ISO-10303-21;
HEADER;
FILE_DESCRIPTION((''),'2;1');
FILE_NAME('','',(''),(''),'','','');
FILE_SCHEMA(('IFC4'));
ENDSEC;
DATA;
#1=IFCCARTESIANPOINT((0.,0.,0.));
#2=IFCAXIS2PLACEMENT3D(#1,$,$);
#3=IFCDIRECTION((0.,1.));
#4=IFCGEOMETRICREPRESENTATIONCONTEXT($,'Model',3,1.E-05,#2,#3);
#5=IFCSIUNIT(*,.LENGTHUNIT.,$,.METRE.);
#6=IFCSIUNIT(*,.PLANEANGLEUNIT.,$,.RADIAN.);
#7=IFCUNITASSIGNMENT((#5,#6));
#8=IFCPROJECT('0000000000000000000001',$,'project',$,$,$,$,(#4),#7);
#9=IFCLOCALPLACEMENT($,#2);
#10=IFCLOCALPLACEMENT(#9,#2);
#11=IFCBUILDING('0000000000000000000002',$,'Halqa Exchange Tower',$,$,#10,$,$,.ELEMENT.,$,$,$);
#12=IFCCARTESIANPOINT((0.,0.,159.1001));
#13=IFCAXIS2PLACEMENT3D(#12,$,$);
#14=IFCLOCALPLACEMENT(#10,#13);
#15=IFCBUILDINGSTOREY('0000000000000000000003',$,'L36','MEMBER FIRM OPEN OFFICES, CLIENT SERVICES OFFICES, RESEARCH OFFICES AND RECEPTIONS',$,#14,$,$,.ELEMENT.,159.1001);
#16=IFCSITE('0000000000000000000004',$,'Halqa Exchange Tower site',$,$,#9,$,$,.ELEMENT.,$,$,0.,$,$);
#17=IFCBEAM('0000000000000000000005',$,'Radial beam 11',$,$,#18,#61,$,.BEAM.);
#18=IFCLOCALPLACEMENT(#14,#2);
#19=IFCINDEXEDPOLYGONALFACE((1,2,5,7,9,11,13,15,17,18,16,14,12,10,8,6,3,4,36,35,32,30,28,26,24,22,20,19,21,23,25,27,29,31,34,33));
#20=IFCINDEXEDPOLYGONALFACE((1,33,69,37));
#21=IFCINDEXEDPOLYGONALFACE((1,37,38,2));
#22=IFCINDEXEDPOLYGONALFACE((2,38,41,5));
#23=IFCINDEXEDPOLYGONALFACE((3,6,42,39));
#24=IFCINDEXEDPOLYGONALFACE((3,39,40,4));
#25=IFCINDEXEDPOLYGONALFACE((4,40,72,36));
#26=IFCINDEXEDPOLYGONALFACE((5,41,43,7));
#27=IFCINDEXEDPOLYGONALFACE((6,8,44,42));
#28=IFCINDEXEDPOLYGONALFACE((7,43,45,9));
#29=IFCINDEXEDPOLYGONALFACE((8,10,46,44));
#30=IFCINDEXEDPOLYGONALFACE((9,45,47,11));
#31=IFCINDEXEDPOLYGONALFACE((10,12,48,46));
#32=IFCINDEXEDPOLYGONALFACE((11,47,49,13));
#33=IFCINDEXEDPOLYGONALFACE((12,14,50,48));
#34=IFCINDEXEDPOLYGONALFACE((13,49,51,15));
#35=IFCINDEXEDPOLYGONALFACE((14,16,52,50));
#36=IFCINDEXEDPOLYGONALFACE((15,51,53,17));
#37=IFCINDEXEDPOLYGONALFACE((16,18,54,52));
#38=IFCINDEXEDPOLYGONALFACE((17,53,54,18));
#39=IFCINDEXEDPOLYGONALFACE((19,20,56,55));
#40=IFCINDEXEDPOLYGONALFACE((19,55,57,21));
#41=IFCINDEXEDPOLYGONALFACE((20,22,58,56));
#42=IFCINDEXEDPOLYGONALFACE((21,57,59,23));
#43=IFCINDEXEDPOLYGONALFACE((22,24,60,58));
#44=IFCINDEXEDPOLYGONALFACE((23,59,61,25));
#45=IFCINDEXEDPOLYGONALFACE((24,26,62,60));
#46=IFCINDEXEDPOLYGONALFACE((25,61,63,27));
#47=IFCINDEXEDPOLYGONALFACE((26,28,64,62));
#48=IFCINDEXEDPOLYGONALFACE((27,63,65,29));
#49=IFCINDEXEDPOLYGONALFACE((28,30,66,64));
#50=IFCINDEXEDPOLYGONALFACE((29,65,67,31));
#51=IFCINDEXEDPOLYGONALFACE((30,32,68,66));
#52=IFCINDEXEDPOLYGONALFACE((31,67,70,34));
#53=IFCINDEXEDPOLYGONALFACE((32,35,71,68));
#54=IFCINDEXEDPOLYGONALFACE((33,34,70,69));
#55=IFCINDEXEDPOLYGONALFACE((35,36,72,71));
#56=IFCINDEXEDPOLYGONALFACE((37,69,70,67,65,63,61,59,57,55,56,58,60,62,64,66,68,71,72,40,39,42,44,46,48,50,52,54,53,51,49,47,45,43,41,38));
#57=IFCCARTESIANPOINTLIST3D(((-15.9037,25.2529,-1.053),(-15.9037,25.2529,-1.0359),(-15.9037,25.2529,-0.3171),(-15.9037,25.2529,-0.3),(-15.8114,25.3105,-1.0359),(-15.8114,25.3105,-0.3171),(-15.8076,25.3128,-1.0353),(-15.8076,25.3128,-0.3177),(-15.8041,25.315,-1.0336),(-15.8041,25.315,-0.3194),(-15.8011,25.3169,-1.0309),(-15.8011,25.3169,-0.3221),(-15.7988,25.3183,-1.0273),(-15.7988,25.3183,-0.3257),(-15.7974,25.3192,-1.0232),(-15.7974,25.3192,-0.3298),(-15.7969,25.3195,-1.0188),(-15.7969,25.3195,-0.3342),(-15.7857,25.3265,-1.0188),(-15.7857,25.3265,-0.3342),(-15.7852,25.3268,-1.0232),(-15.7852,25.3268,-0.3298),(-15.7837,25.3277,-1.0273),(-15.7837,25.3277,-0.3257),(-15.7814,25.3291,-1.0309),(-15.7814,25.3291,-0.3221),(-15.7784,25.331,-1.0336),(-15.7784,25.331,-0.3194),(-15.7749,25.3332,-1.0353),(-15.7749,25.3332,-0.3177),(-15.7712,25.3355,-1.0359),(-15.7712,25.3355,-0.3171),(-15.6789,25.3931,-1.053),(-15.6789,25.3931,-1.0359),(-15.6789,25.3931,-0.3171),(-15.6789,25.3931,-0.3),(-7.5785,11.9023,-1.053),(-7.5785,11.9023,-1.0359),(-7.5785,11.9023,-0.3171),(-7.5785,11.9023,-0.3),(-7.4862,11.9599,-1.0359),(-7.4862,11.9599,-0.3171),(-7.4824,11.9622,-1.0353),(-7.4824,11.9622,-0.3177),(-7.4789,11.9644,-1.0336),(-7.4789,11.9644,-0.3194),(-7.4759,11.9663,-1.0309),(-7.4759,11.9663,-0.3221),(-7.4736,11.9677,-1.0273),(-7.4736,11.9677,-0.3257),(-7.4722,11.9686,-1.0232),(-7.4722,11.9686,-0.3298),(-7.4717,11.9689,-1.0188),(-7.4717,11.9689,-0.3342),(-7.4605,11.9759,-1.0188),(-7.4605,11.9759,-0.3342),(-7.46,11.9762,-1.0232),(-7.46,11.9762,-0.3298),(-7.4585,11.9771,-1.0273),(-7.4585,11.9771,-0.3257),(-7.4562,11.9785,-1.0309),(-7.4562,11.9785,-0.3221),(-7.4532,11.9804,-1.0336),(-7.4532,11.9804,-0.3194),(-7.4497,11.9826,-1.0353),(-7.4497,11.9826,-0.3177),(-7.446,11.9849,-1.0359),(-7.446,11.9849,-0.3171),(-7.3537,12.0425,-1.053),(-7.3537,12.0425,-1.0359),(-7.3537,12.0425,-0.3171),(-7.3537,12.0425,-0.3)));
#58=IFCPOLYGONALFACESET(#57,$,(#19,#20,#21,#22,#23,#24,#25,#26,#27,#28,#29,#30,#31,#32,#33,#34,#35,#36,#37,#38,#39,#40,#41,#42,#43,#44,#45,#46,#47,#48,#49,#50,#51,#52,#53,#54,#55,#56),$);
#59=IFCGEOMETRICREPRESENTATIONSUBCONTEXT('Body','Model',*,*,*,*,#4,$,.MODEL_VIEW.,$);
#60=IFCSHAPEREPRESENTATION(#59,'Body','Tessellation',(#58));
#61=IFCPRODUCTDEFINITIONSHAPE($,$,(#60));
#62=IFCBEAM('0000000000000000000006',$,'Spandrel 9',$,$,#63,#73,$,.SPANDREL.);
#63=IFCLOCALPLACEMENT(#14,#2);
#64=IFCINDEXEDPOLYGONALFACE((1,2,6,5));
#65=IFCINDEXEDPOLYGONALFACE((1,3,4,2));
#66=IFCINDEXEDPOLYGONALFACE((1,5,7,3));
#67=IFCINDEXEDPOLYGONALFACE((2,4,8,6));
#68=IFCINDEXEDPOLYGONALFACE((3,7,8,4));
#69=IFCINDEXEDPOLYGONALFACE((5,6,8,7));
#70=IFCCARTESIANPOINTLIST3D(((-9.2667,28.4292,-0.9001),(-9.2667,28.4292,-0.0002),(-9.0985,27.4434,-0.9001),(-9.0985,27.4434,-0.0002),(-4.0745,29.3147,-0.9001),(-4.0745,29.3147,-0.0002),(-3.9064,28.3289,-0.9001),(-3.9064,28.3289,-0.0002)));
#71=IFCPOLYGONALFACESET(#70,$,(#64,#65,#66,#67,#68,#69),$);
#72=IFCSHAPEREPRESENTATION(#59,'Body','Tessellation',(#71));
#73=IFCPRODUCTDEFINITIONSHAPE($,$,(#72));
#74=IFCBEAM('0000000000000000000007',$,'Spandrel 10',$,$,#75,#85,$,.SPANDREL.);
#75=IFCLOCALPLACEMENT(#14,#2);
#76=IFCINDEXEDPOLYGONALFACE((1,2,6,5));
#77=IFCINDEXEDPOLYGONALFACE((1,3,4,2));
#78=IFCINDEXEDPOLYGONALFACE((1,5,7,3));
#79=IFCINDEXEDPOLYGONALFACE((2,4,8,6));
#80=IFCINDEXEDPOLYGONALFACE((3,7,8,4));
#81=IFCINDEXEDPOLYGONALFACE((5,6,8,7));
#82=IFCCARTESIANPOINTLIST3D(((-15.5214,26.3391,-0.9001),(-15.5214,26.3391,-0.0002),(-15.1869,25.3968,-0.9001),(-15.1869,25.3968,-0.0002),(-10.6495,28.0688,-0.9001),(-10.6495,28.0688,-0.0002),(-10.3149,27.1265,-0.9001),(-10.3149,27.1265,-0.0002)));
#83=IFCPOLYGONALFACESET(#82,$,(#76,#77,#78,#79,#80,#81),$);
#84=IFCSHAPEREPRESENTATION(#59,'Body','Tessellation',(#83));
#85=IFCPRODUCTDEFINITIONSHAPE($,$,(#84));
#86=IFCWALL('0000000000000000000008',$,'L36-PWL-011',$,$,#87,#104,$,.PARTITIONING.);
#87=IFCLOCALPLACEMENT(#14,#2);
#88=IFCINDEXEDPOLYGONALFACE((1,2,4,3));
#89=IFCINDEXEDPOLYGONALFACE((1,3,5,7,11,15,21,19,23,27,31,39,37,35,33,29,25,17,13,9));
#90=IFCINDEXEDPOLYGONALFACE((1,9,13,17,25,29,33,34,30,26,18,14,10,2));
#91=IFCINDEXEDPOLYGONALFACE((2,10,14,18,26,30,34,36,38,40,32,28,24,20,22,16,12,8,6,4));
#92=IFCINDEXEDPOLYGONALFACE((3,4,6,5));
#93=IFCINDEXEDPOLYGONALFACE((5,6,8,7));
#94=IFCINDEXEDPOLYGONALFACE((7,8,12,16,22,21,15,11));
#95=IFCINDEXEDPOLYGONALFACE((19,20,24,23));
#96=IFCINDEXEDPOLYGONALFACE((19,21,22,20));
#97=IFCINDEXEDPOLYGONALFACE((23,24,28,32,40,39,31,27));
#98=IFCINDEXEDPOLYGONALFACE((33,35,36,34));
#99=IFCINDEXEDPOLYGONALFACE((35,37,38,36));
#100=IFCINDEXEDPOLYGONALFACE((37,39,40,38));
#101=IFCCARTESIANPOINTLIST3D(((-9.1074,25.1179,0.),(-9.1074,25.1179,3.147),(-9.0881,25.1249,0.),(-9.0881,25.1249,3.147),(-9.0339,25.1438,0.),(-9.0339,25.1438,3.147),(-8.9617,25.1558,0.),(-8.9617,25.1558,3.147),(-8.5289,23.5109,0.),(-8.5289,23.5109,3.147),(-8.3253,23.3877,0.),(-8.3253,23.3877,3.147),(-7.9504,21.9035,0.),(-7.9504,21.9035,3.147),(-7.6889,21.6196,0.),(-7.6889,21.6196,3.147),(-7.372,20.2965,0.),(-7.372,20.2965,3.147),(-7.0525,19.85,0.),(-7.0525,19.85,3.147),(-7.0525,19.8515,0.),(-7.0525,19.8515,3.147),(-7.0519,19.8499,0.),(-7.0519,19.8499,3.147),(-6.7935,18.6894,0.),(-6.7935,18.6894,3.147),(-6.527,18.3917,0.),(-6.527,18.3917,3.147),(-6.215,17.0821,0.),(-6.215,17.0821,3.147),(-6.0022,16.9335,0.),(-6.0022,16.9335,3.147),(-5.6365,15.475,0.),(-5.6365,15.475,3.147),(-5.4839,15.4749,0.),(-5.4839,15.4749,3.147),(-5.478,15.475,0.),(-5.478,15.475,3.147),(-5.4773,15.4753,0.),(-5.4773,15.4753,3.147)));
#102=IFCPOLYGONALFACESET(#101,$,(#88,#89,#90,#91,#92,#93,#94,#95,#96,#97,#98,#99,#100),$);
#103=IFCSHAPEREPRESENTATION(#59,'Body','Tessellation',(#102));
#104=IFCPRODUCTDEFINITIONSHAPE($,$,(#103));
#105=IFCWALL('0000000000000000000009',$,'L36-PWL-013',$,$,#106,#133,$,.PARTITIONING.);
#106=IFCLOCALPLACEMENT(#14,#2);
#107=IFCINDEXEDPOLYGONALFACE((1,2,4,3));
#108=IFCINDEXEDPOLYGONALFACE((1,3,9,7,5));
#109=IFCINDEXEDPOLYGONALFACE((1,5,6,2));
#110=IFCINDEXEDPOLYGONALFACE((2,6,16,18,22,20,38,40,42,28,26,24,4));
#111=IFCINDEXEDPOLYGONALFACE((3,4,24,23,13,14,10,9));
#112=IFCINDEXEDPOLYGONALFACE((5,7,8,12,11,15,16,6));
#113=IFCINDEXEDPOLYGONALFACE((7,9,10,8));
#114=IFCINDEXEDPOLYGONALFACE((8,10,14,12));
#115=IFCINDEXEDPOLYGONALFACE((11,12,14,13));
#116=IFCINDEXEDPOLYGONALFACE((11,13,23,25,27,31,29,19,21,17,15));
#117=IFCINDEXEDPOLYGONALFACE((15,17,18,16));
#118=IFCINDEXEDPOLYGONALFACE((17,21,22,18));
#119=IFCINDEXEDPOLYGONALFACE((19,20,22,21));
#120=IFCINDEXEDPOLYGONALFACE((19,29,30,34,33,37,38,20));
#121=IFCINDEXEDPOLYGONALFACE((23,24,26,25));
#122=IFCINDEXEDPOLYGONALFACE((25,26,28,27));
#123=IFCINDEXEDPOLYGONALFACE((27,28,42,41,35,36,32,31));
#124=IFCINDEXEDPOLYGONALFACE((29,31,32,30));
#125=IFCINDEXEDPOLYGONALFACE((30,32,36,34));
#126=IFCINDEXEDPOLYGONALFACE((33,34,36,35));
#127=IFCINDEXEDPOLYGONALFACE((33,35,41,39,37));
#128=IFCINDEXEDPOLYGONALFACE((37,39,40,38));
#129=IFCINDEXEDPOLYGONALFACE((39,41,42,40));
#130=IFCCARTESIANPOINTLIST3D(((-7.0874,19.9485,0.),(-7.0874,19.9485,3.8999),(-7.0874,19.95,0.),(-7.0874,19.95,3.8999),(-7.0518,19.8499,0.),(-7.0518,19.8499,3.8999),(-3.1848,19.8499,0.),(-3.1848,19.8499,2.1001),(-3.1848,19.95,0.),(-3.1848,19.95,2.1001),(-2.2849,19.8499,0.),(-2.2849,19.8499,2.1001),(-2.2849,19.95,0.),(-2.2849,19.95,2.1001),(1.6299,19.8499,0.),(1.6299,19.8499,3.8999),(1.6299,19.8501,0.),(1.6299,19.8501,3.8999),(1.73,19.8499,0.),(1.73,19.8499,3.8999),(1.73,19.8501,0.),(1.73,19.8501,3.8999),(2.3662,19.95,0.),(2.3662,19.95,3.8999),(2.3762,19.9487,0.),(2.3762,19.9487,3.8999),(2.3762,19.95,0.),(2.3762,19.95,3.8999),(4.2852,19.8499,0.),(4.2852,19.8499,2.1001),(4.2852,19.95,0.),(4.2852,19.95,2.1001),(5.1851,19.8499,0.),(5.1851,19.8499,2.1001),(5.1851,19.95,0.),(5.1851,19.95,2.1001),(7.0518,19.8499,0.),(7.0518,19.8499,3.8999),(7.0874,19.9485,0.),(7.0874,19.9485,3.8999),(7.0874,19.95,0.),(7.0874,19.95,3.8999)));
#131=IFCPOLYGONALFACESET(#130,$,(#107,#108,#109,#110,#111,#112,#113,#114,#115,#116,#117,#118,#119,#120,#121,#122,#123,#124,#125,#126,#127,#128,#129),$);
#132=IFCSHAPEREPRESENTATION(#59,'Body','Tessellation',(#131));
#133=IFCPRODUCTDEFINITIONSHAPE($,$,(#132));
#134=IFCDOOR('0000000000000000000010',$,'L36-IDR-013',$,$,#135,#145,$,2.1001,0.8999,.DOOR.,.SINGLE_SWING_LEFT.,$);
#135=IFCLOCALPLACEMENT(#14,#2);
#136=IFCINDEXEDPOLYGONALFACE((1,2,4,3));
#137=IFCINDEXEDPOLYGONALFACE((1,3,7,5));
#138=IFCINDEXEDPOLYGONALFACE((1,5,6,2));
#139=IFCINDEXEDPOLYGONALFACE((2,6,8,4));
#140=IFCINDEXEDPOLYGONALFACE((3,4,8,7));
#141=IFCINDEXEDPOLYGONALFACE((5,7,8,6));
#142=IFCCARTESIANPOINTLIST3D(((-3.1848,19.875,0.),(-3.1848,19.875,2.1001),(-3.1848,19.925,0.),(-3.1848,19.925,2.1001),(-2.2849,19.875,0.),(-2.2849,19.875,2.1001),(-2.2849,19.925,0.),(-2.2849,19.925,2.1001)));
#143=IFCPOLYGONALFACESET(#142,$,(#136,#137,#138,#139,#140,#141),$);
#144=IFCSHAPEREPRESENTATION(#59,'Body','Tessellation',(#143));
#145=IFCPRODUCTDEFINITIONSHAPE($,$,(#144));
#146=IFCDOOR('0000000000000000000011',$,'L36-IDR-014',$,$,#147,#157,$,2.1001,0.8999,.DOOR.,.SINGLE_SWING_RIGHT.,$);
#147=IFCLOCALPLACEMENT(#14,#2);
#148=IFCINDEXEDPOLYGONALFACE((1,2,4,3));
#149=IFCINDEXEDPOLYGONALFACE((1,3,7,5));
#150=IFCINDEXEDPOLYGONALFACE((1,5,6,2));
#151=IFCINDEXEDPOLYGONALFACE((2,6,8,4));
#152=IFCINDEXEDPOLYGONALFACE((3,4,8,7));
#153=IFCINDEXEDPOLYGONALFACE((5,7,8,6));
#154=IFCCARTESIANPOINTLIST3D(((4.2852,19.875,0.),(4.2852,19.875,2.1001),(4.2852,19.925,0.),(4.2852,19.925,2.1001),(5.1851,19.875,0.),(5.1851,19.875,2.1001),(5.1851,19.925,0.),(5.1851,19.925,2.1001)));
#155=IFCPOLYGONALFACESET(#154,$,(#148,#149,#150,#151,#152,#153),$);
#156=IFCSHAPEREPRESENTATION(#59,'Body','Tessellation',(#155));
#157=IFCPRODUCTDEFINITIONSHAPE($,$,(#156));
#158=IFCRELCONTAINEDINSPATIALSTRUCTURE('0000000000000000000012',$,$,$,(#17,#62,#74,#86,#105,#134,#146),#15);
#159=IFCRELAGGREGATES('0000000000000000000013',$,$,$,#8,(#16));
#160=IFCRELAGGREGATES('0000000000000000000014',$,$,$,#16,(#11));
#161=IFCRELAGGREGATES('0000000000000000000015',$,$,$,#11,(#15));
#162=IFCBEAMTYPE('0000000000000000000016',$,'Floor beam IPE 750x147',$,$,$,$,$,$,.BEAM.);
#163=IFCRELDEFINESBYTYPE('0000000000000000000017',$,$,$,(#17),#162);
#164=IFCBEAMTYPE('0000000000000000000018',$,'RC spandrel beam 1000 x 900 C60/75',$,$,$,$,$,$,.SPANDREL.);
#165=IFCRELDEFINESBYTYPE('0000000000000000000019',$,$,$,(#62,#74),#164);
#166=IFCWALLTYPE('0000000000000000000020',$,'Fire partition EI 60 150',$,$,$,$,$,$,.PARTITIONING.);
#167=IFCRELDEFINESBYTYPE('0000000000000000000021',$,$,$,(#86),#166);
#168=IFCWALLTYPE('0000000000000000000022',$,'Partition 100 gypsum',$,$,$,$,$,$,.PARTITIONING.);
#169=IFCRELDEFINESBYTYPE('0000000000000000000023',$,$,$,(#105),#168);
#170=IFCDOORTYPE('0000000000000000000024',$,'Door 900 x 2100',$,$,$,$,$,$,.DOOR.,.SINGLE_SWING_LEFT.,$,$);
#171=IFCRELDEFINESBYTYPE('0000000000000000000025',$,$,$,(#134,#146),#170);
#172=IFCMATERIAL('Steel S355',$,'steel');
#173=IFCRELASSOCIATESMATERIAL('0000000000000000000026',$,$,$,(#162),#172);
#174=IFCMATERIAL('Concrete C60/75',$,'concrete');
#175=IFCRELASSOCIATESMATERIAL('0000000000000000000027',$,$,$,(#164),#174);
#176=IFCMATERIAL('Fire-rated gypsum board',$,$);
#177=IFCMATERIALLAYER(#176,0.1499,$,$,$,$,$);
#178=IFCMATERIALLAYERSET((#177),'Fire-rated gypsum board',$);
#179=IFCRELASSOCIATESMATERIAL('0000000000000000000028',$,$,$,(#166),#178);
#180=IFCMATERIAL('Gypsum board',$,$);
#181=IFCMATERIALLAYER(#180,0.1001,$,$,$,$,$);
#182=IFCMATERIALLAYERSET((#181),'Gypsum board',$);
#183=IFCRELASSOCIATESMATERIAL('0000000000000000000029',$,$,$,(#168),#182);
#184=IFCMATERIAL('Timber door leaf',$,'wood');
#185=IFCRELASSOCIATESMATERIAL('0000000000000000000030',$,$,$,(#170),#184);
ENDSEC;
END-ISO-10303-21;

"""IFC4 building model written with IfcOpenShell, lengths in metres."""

from ifc_helpers import new_model, si_unit, direction, frame, frame_2d, origin, origin_2d, place, context, subcontext, project, spatial, polyline, rectangle, i_section, outline, extrude, material, layer, layer_set, material_profile, profile_set, type_object, element, fill, save


model = new_model("IFC4")

# Units and contexts
model_context = context("Model", 3, precision=1e-05, world=origin(), true_north=direction((0.0, 1.0)))
body_context = subcontext(model_context, "Body", "Model", "MODEL_VIEW")
ifc_project = project(units=[si_unit("LENGTHUNIT", "METRE"), si_unit("PLANEANGLEUNIT", "RADIAN")], contexts=[model_context])

# Site, building, storey
site_placement = place(None, origin())
site = spatial("IfcSite", under=ifc_project, at=site_placement, Name="Halqa Exchange Tower site", CompositionType="ELEMENT", RefElevation=0.0)
building_placement = place(site_placement, origin())
building = spatial("IfcBuilding", under=site, at=building_placement, Name="Halqa Exchange Tower", CompositionType="ELEMENT")
storey_placement = place(building_placement, frame((0.0, 0.0, 159.1001)))
storey = spatial("IfcBuildingStorey", under=building, at=storey_placement, Name="L36", Description="MEMBER FIRM OPEN OFFICES, CLIENT SERVICES OFFICES, RESEARCH OFFICES AND RECEPTIONS", CompositionType="ELEMENT", Elevation=159.1001)

# Beams
ifc_material_1 = material(Name="Steel S355", Category="steel")
ifc_material_profile_1 = material_profile(ifc_material_1, i_section(OverallWidth=0.2649, OverallDepth=0.7529, WebThickness=0.0132, FlangeThickness=0.0171, FilletRadius=0.0171, at=origin_2d()), Name="IPE 750x147")
ifc_profile_set_1 = profile_set([ifc_material_profile_1], Name="Steel S355")
beam_type_1 = type_object("IfcBeamType", Name="Floor beam IPE 750x147", PredefinedType="BEAM", material=ifc_profile_set_1)
beam_1_placement = place(storey_placement, frame((-7.4661, 11.9724, -0.6765), z_axis=(-0.529134, 0.848538, 0.0), x_axis=(-0.848538, -0.529134, 0.0)))
element("IfcBeam", 1, at=beam_1_placement, inside=storey, type_object=beam_type_1, Name="Radial beam 11", PredefinedType="BEAM", context=body_context, shape_type="SweptSolid", body=[
    extrude(i_section(OverallWidth=0.2649, OverallDepth=0.7529, WebThickness=0.0132, FlangeThickness=0.0171, FilletRadius=0.0171, at=origin_2d()), origin(), (0.0, 0.0, 1.0), 15.7336),
])
ifc_material_2 = material(Name="Concrete C60/75", Category="concrete")
ifc_material_profile_2 = material_profile(ifc_material_2, rectangle(XDim=1.0, YDim=0.8999, at=origin_2d()), Name="1000 x 900")
ifc_profile_set_2 = profile_set([ifc_material_profile_2], Name="Concrete C60/75")
beam_type_2 = type_object("IfcBeamType", Name="RC spandrel beam 1000 x 900 C60/75", PredefinedType="SPANDREL", material=ifc_profile_set_2)
beam_2_placement = place(storey_placement, frame((-3.9905, 28.8218, -0.4502), z_axis=(-0.985767, -0.168119, 0.0), x_axis=(0.168119, -0.985767, 0.0)))
element("IfcBeam", 2, at=beam_2_placement, inside=storey, type_object=beam_type_2, Name="Spandrel 9", PredefinedType="SPANDREL", context=body_context, shape_type="SweptSolid", body=[
    extrude(rectangle(XDim=1.0, YDim=0.8999, at=origin_2d()), origin(), (0.0, 0.0, 1.0), 5.2671),
])
beam_3_placement = place(storey_placement, frame((-10.4822, 27.5977, -0.4502), z_axis=(-0.942371, -0.334571, 0.0), x_axis=(0.334571, -0.942371, 0.0)))
element("IfcBeam", 3, at=beam_3_placement, inside=storey, type_object=beam_type_2, Name="Spandrel 10", PredefinedType="SPANDREL", context=body_context, shape_type="SweptSolid", body=[
    extrude(rectangle(XDim=1.0, YDim=0.8999, at=origin_2d()), origin(), (0.0, 0.0, 1.0), 5.1699),
])

# Wall
ifc_material_3 = material(Name="Fire-rated gypsum board")
ifc_layer_1 = layer(ifc_material_3, 0.1499)
ifc_layer_set_1 = layer_set([ifc_layer_1], Name="Fire-rated gypsum board")
wall_type_1 = type_object("IfcWallType", Name="Fire partition EI 60 150", PredefinedType="PARTITIONING", material=ifc_layer_set_1)
wall_1_placement = place(storey_placement, frame((-9.0369, 25.1433, 0.0), z_axis=(0.0, 0.0, 1.0), x_axis=(0.338668, -0.940906, 0.0)))
element("IfcWall", 4, at=wall_1_placement, inside=storey, type_object=wall_type_1, Name="L36-PWL-011", PredefinedType="PARTITIONING", context=body_context, shape_type="SweptSolid", body=[
    extrude(outline(polyline([(0.0, -0.075), (1.708, -0.075), (3.4163, -0.075), (5.1243, -0.075), (6.8323, -0.075), (8.5405, -0.075), (10.2485, -0.075), (10.3003, 0.0686), (10.3003, 0.0686), (10.3022, 0.0742), (10.3022, 0.075), (8.7524, 0.075), (7.2026, 0.075), (5.6528, 0.075), (5.6526, 0.0745), (5.6511, 0.075), (3.772, 0.075), (1.8928, 0.075), (0.0137, 0.075), (0.0005, 0.0029), (0.0, -0.0544), (0.0, -0.075)])), origin(), (0.0, 0.0, 1.0), 3.147),
])

# Wall, openings, doors
ifc_material_4 = material(Name="Gypsum board")
ifc_layer_2 = layer(ifc_material_4, 0.1001)
ifc_layer_set_2 = layer_set([ifc_layer_2], Name="Gypsum board")
wall_type_2 = type_object("IfcWallType", Name="Partition 100 gypsum", PredefinedType="PARTITIONING", material=ifc_layer_set_2)
wall_2_placement = place(storey_placement, frame((-7.0874, 19.8999, 0.0), z_axis=(0.0, 0.0, 1.0), x_axis=(1.0, 0.0, 0.0)))
wall_2 = element("IfcWall", 5, at=wall_2_placement, inside=storey, type_object=wall_type_2, Name="L36-PWL-013", PredefinedType="PARTITIONING", context=body_context, shape_type="SweptSolid", body=[
    extrude(outline(polyline([(0.0356, -0.05), (1.772, -0.05), (3.5083, -0.05), (5.2446, -0.05), (6.981, -0.05), (8.7173, -0.05), (8.7173, -0.0498), (8.8174, -0.0498), (8.8174, -0.05), (10.5913, -0.05), (12.3652, -0.05), (14.1392, -0.05), (14.1748, 0.0486), (14.1748, 0.05), (12.6045, 0.05), (11.0339, 0.05), (9.4636, 0.05), (9.4636, 0.0488), (9.4536, 0.05), (7.563, 0.05), (5.6721, 0.05), (3.7815, 0.05), (1.8906, 0.05), (0.0, 0.05), (0.0, 0.0486), (0.0356, -0.05)])), origin(), (0.0, 0.0, 1.0), 3.8999),
])
opening_1_placement = place(wall_2_placement, frame((3.9026, 0.0, 0.0)))
opening_1 = element("IfcOpeningElement", 6, at=opening_1_placement, cuts=wall_2, PredefinedType="OPENING", context=body_context, shape_type="SweptSolid", body=[
    extrude(rectangle(XDim=0.8999, YDim=2.1001, at=frame_2d((0.45, 1.05))), frame((0.0, 0.062, 0.0), z_axis=(0.0, -1.0, 0.0), x_axis=(1.0, 0.0, 0.0)), (0.0, 0.0, 1.0), 0.124),
])
opening_2_placement = place(wall_2_placement, frame((11.3726, 0.0, 0.0)))
opening_2 = element("IfcOpeningElement", 7, at=opening_2_placement, cuts=wall_2, PredefinedType="OPENING", context=body_context, shape_type="SweptSolid", body=[
    extrude(rectangle(XDim=0.8999, YDim=2.1001, at=frame_2d((0.45, 1.05))), frame((0.0, 0.062, 0.0), z_axis=(0.0, -1.0, 0.0), x_axis=(1.0, 0.0, 0.0)), (0.0, 0.0, 1.0), 0.124),
])
ifc_material_5 = material(Name="Timber door leaf", Category="wood")
door_type = type_object("IfcDoorType", Name="Door 900 x 2100", OperationType="SINGLE_SWING_LEFT", PredefinedType="DOOR", material=ifc_material_5)
door_1_placement = place(opening_1_placement, frame((0.8999, 0.0, 0.0), z_axis=(0.0, 0.0, 1.0), x_axis=(-1.0, 0.0, 0.0)))
door_1 = element("IfcDoor", 8, at=door_1_placement, inside=storey, type_object=door_type, Name="L36-IDR-013", OperationType="SINGLE_SWING_LEFT", OverallHeight=2.1001, OverallWidth=0.8999, PredefinedType="DOOR", context=body_context, shape_type="SweptSolid", body=[
    extrude(rectangle(XDim=0.8999, YDim=2.1001, at=frame_2d((0.45, 1.05))), frame((0.0, 0.0249, 0.0), z_axis=(0.0, -1.0, 0.0), x_axis=(1.0, 0.0, 0.0)), (0.0, 0.0, 1.0), 0.05),
])
fill(opening_1, door_1)
door_2_placement = place(opening_2_placement, frame((0.8999, 0.0, 0.0), z_axis=(0.0, 0.0, 1.0), x_axis=(-1.0, 0.0, 0.0)))
door_2 = element("IfcDoor", 9, at=door_2_placement, inside=storey, type_object=door_type, Name="L36-IDR-014", OperationType="SINGLE_SWING_RIGHT", OverallHeight=2.1001, OverallWidth=0.8999, PredefinedType="DOOR", context=body_context, shape_type="SweptSolid", body=[
    extrude(rectangle(XDim=0.8999, YDim=2.1001, at=frame_2d((0.45, 1.05))), frame((0.0, 0.0249, 0.0), z_axis=(0.0, -1.0, 0.0), x_axis=(1.0, 0.0, 0.0)), (0.0, 0.0, 1.0), 0.05),
])
fill(opening_2, door_2)

save(model, "model.ifc")
